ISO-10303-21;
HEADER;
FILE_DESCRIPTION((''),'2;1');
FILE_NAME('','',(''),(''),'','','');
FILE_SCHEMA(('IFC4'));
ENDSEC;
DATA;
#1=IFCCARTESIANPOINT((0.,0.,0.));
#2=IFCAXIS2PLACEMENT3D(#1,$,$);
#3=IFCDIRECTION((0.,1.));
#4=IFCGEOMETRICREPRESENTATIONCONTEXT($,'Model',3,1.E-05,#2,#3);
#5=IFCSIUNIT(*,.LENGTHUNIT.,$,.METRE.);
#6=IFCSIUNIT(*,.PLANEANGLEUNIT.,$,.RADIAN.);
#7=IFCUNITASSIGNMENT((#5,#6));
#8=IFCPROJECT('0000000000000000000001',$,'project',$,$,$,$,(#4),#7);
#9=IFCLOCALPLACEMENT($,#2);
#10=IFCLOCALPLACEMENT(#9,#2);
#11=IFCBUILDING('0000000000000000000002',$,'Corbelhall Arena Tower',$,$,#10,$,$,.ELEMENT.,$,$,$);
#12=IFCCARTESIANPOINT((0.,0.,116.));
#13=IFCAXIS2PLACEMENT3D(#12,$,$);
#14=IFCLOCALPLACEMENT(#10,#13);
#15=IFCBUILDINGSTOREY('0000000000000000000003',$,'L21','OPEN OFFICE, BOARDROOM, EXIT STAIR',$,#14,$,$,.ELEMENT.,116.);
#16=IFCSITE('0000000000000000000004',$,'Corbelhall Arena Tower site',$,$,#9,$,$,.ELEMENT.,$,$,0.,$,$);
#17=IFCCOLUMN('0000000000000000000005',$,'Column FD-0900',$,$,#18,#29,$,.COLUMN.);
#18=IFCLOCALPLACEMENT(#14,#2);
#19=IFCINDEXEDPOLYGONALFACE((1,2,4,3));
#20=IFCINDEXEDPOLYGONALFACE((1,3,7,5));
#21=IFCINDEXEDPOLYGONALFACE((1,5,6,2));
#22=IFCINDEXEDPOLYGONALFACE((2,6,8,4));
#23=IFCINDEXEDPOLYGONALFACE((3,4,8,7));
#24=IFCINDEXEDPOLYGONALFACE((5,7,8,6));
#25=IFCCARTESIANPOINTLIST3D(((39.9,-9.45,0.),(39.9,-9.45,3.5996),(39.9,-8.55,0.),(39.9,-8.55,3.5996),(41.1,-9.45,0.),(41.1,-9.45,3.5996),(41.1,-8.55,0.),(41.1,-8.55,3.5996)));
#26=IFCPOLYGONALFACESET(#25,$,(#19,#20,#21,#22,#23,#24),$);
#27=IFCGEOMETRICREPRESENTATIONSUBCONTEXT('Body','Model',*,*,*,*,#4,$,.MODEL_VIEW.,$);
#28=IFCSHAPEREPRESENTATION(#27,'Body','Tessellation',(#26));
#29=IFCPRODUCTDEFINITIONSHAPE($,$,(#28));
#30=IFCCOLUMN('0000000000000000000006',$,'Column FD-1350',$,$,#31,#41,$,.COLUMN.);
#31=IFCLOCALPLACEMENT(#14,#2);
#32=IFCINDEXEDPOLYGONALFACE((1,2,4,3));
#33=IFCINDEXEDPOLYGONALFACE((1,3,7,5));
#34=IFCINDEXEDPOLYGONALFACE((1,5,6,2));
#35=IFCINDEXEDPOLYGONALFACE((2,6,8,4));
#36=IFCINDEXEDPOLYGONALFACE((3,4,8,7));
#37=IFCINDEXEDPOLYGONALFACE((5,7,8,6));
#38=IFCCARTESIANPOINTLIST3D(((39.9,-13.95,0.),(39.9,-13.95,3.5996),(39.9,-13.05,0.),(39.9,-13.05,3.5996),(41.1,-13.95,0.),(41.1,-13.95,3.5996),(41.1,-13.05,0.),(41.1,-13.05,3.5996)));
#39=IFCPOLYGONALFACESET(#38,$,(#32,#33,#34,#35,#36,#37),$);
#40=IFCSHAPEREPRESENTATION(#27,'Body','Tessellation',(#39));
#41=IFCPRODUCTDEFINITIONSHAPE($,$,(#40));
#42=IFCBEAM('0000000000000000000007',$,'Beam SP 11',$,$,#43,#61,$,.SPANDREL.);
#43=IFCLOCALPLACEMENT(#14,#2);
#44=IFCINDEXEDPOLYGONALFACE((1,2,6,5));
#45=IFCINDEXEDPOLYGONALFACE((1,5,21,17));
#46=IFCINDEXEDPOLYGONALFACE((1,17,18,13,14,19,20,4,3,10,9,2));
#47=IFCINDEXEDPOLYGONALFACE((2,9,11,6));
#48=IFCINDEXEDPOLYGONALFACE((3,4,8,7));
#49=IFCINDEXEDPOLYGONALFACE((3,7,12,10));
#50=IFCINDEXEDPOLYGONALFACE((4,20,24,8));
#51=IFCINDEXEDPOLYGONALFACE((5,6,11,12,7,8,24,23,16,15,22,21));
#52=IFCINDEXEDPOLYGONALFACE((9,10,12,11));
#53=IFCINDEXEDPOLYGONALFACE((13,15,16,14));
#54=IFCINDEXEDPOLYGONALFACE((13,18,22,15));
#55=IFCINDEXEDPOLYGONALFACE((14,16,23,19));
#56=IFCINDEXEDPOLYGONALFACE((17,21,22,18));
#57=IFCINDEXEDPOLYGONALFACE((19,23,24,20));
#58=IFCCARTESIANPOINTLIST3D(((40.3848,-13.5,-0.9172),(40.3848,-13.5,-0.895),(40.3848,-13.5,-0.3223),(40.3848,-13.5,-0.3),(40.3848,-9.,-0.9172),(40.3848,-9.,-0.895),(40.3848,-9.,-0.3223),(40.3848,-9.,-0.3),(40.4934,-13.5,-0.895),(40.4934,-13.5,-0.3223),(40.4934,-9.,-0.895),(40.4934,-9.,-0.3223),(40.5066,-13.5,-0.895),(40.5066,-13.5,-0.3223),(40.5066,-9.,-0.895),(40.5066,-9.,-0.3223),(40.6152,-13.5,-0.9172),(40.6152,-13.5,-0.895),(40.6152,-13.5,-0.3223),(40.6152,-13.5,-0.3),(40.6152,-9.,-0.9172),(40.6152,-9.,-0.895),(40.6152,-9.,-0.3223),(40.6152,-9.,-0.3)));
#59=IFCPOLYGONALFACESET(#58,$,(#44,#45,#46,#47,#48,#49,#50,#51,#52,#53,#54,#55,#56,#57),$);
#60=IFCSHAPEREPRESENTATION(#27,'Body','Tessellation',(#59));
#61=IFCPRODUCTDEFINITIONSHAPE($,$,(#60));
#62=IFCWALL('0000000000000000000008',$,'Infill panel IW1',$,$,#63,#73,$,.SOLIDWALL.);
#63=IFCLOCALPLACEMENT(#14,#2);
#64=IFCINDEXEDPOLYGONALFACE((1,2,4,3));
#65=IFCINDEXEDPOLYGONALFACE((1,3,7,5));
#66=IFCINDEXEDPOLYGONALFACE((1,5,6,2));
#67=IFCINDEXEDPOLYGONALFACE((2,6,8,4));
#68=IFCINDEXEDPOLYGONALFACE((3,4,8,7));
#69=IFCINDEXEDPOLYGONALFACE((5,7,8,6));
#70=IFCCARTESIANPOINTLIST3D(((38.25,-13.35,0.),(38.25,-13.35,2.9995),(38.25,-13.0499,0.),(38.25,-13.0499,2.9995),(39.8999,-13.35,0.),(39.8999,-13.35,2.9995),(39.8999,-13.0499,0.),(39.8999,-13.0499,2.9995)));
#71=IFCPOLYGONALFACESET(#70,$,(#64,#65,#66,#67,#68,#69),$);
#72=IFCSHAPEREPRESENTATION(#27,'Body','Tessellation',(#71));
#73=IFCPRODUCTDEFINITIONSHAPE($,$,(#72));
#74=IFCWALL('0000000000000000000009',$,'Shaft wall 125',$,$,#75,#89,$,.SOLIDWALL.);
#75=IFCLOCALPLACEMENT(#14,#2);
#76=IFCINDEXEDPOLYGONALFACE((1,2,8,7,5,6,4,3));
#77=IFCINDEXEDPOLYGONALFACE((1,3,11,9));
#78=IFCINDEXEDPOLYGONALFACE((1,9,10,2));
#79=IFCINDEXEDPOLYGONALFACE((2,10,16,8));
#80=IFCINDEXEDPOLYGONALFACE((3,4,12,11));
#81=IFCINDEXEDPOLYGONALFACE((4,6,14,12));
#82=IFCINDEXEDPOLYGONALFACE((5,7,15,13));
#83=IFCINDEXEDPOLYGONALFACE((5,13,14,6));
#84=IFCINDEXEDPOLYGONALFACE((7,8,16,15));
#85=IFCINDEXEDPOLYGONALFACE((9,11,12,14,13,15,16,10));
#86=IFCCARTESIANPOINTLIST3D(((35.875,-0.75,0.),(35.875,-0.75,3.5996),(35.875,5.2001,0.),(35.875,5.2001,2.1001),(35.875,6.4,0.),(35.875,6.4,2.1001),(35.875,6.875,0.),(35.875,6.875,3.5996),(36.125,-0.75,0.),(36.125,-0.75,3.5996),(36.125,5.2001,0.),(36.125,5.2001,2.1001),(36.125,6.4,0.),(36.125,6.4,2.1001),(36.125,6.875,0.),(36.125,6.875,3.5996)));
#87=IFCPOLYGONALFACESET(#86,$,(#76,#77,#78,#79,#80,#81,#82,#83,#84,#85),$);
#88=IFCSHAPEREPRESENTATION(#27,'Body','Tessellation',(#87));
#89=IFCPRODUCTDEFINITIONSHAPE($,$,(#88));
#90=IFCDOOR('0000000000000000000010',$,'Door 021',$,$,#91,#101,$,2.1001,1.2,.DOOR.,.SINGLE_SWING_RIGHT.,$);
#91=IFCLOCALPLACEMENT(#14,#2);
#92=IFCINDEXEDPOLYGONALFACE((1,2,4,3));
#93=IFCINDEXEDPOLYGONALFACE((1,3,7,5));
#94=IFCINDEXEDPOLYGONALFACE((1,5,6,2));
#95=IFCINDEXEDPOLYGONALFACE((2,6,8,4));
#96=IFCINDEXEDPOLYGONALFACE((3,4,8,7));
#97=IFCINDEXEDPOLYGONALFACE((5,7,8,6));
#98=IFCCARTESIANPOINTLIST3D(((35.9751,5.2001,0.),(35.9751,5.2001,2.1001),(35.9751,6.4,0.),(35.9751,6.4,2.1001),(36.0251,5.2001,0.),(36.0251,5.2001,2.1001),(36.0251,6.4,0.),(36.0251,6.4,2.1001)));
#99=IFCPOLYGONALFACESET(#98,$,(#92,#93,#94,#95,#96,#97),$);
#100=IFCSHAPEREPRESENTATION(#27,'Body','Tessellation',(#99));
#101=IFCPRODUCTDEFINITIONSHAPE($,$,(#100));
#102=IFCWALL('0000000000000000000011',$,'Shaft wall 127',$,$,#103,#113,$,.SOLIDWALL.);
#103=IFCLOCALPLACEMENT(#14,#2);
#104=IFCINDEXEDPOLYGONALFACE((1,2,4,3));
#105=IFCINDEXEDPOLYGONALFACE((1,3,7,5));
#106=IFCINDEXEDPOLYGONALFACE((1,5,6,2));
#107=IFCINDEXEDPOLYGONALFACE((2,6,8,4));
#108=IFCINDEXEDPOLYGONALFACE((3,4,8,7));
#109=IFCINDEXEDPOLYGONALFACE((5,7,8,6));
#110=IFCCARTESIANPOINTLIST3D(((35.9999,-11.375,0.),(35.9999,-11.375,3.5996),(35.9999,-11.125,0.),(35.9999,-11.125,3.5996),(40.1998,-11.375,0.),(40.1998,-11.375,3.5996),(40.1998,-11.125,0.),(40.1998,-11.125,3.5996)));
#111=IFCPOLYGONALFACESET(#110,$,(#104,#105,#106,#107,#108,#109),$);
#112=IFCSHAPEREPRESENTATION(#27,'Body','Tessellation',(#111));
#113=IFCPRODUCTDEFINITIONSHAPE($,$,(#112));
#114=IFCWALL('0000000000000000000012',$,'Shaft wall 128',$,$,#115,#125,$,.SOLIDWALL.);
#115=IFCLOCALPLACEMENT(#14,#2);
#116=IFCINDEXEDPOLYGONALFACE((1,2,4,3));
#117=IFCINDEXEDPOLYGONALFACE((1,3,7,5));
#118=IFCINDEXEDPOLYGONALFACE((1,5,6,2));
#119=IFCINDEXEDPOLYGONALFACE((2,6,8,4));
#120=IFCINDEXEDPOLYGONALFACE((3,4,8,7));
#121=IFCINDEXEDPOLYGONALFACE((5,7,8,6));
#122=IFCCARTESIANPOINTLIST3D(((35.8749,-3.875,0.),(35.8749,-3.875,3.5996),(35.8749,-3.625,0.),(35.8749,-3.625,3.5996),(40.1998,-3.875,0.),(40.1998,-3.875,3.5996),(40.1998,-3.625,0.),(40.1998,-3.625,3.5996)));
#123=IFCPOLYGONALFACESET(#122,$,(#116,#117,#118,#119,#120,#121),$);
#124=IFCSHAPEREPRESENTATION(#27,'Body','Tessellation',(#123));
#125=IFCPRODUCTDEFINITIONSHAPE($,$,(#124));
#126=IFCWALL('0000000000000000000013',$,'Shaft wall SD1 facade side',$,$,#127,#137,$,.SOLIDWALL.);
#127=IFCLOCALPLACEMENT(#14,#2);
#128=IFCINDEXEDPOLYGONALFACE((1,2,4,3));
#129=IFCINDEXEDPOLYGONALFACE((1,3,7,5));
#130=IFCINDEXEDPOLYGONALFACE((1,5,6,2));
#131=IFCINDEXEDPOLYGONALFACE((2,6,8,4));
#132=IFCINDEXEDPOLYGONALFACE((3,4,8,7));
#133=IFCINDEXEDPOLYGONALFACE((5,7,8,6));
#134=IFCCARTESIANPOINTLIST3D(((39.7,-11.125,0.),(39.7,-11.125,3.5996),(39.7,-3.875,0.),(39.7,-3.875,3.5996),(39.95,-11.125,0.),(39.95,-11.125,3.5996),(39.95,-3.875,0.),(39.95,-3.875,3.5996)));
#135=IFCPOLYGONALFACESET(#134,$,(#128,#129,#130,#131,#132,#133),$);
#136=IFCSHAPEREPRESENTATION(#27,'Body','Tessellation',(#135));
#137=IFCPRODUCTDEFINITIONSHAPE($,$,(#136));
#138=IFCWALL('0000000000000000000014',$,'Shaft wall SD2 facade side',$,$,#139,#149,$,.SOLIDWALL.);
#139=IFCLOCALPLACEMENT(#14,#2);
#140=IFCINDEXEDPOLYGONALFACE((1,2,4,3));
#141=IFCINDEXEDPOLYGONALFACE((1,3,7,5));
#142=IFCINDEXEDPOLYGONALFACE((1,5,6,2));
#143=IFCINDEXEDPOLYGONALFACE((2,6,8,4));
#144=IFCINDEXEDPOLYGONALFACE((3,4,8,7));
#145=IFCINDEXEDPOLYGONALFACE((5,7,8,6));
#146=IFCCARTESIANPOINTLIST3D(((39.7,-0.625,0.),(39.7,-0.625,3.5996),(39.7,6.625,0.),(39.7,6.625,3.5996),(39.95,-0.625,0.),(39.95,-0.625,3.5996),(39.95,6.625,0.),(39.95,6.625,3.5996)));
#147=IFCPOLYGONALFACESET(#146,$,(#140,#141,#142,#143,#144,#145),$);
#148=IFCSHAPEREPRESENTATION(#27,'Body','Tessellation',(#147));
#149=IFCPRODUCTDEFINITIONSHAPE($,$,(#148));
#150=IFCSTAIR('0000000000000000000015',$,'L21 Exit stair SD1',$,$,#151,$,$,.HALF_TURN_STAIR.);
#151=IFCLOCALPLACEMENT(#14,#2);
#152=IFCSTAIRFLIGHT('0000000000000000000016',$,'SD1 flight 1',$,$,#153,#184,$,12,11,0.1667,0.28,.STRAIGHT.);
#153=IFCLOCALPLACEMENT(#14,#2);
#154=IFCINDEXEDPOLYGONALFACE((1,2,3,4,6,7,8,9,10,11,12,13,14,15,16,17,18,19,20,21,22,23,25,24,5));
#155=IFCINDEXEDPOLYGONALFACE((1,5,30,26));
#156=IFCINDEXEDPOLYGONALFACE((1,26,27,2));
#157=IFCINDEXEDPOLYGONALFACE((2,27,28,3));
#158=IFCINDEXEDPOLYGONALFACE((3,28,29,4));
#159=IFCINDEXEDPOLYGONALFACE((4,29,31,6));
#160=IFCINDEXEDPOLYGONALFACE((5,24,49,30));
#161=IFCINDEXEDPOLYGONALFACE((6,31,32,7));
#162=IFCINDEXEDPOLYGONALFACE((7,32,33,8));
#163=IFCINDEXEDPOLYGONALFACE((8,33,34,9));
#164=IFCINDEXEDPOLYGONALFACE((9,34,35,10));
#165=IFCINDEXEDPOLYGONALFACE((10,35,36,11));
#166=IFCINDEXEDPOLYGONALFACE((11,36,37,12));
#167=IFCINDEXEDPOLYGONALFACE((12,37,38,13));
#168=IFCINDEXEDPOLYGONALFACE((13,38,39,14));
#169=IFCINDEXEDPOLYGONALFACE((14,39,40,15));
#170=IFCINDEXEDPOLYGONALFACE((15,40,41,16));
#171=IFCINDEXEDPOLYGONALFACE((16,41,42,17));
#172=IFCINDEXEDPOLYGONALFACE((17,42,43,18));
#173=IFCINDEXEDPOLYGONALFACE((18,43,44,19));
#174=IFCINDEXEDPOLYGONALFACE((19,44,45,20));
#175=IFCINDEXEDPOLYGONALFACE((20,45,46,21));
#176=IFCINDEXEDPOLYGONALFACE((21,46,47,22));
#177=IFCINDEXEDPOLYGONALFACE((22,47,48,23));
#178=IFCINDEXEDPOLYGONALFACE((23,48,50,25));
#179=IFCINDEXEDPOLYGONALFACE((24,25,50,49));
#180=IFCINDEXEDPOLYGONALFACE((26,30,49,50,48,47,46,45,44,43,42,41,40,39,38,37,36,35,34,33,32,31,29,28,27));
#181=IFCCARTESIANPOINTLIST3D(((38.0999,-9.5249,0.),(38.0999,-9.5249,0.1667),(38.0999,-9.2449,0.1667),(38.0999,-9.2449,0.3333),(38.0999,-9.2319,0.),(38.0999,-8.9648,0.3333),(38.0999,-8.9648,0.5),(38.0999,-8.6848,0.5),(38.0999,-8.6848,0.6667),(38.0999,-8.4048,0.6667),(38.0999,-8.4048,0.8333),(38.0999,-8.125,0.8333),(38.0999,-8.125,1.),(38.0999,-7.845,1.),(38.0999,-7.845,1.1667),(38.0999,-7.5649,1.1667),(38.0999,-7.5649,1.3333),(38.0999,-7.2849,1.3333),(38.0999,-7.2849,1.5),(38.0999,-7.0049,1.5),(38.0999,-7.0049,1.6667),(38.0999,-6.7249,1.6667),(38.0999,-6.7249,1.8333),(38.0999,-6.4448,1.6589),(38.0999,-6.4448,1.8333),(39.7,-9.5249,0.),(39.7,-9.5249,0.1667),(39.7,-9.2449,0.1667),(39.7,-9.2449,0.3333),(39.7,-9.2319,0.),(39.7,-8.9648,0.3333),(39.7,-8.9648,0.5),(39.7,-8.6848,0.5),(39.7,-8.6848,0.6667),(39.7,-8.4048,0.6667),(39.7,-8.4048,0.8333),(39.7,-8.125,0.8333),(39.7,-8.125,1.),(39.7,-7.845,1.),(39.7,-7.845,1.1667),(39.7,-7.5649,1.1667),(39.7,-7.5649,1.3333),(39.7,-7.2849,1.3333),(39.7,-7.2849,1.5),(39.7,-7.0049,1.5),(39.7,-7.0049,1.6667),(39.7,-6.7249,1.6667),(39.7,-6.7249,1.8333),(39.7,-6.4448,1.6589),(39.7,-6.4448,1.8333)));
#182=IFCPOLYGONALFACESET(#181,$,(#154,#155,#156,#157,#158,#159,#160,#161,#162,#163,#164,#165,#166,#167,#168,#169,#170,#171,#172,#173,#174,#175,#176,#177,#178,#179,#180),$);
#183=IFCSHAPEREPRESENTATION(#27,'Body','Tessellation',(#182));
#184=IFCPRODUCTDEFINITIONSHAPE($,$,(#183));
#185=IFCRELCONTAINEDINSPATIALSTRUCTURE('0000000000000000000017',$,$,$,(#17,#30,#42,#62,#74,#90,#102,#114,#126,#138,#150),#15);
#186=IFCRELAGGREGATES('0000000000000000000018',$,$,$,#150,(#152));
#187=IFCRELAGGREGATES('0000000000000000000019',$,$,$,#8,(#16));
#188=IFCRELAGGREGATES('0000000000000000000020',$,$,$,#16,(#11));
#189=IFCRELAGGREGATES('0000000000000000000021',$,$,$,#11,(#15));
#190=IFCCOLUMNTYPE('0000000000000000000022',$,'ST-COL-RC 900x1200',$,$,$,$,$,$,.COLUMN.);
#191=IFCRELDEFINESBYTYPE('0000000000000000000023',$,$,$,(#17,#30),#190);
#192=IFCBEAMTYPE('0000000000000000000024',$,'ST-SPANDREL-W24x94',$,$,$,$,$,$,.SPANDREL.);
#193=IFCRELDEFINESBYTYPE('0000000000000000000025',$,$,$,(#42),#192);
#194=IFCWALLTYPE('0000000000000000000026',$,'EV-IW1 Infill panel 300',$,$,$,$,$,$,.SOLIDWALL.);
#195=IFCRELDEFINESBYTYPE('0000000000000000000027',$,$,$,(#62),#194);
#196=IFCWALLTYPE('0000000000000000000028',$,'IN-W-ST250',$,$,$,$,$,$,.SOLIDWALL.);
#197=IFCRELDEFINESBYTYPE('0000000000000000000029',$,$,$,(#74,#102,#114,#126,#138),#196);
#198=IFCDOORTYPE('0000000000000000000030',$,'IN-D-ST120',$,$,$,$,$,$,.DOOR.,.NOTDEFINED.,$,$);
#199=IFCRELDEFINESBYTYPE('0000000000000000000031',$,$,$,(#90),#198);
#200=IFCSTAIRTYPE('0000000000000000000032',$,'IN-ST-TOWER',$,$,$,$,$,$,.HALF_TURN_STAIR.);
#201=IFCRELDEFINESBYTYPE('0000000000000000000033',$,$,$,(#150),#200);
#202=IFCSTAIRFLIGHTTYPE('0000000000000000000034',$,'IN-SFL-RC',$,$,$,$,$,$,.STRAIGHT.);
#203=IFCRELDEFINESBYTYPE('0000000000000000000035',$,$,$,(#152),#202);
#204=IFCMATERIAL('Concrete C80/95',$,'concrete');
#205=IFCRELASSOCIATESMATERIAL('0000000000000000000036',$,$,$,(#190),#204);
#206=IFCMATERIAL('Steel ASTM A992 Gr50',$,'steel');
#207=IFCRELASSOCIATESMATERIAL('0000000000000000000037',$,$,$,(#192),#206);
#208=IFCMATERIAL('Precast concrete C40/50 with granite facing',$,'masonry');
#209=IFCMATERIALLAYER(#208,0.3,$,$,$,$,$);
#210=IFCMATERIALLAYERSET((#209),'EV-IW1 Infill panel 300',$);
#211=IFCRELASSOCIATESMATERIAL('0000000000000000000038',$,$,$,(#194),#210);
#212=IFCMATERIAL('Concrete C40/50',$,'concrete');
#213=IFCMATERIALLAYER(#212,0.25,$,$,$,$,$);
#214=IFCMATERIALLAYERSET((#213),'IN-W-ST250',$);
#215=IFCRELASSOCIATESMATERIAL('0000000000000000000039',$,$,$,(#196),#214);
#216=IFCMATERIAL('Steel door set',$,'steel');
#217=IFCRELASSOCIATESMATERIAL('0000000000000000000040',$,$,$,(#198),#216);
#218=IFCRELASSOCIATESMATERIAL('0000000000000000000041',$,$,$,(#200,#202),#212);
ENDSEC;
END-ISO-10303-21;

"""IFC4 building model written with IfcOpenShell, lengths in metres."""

from ifc_helpers import new_model, si_unit, direction, frame, frame_2d, origin, origin_2d, place, context, subcontext, project, spatial, polyline, rectangle, i_section, outline, extrude, material, layer, layer_set, material_profile, profile_set, type_object, element, fill, aggregate, save


model = new_model("IFC4")

# Units and contexts
model_context = context("Model", 3, precision=1e-05, world=origin(), true_north=direction((0.0, 1.0)))
body_context = subcontext(model_context, "Body", "Model", "MODEL_VIEW")
ifc_project = project(units=[si_unit("LENGTHUNIT", "METRE"), si_unit("PLANEANGLEUNIT", "RADIAN")], contexts=[model_context])

# Site, building, storey
site_placement = place(None, origin())
site = spatial("IfcSite", under=ifc_project, at=site_placement, Name="Corbelhall Arena Tower site", CompositionType="ELEMENT", RefElevation=0.0)
building_placement = place(site_placement, origin())
building = spatial("IfcBuilding", under=site, at=building_placement, Name="Corbelhall Arena Tower", CompositionType="ELEMENT")
storey_placement = place(building_placement, frame((0.0, 0.0, 116.0)))
storey = spatial("IfcBuildingStorey", under=building, at=storey_placement, Name="L21", Description="OPEN OFFICE, BOARDROOM, EXIT STAIR", CompositionType="ELEMENT", Elevation=116.0)

# Columns
ifc_material_1 = material(Name="Concrete C80/95", Category="concrete")
ifc_material_profile_1 = material_profile(ifc_material_1, rectangle(XDim=0.8999, YDim=1.2, at=origin_2d()))
ifc_profile_set_1 = profile_set([ifc_material_profile_1], Name="Concrete C80/95")
column_type = type_object("IfcColumnType", Name="ST-COL-RC 900x1200", PredefinedType="COLUMN", material=ifc_profile_set_1)
for number, where, z_axis, x_axis, name in (
    (1, (40.5, -9.0, 0.0), (0.0, 0.0, 1.0), (0.0, 1.0, 0.0), "Column FD-0900"),
    (2, (40.5, -13.5, 0.0), (0.0, 0.0, 1.0), (0.0, 1.0, 0.0), "Column FD-1350"),
):
    element("IfcColumn", number, at=place(storey_placement, frame(where, z_axis=z_axis, x_axis=x_axis)), inside=storey, type_object=column_type, Name=name, PredefinedType="COLUMN", context=body_context, shape_type="SweptSolid", body=[
        extrude(rectangle(XDim=0.8999, YDim=1.2, at=origin_2d()), origin(), (0.0, 0.0, 1.0), 3.5996),
    ])

# Beam
ifc_material_2 = material(Name="Steel ASTM A992 Gr50", Category="steel")
ifc_material_profile_2 = material_profile(ifc_material_2, i_section(OverallWidth=0.2305, OverallDepth=0.6172, WebThickness=0.0132, FlangeThickness=0.0222, at=origin_2d()))
ifc_profile_set_2 = profile_set([ifc_material_profile_2], Name="Steel ASTM A992 Gr50")
beam_type = type_object("IfcBeamType", Name="ST-SPANDREL-W24x94", PredefinedType="SPANDREL", material=ifc_profile_set_2)
beam_placement = place(storey_placement, frame((40.5, -9.0, -0.6086), z_axis=(0.0, -1.0, 0.0), x_axis=(1.0, 0.0, 0.0)))
element("IfcBeam", 3, at=beam_placement, inside=storey, type_object=beam_type, Name="Beam SP 11", PredefinedType="SPANDREL", context=body_context, shape_type="SweptSolid", body=[
    extrude(i_section(OverallWidth=0.2305, OverallDepth=0.6172, WebThickness=0.0132, FlangeThickness=0.0222, at=origin_2d()), origin(), (0.0, 0.0, 1.0), 4.5),
])

# Wall
ifc_material_3 = material(Name="Precast concrete C40/50 with granite facing", Category="masonry")
ifc_layer_1 = layer(ifc_material_3, 0.3)
ifc_layer_set_1 = layer_set([ifc_layer_1], Name="EV-IW1 Infill panel 300")
wall_type_1 = type_object("IfcWallType", Name="EV-IW1 Infill panel 300", PredefinedType="SOLIDWALL", material=ifc_layer_set_1)
wall_1_placement = place(storey_placement, frame((39.8999, -13.2, 0.0), z_axis=(0.0, 0.0, 1.0), x_axis=(-1.0, 0.0, 0.0)))
element("IfcWall", 4, at=wall_1_placement, inside=storey, type_object=wall_type_1, Name="Infill panel IW1", PredefinedType="SOLIDWALL", context=body_context, shape_type="SweptSolid", body=[
    extrude(rectangle(XDim=1.6499, YDim=0.3, at=frame_2d((0.825, 0.0))), origin(), (0.0, 0.0, 1.0), 2.9995),
])

# Wall, opening, door
ifc_material_4 = material(Name="Concrete C40/50", Category="concrete")
ifc_layer_2 = layer(ifc_material_4, 0.25)
ifc_layer_set_2 = layer_set([ifc_layer_2], Name="IN-W-ST250")
wall_type_2 = type_object("IfcWallType", Name="IN-W-ST250", PredefinedType="SOLIDWALL", material=ifc_layer_set_2)
wall_2_placement = place(storey_placement, frame((36.0, -0.75, 0.0), z_axis=(0.0, 0.0, 1.0), x_axis=(0.0, 1.0, 0.0)))
wall_2 = element("IfcWall", 5, at=wall_2_placement, inside=storey, type_object=wall_type_2, Name="Shaft wall 125", PredefinedType="SOLIDWALL", context=body_context, shape_type="SweptSolid", body=[
    extrude(rectangle(XDim=7.625, YDim=0.25, at=frame_2d((3.8125, 0.0))), origin(), (0.0, 0.0, 1.0), 3.5996),
])
opening_1_placement = place(wall_2_placement, frame((5.95, 0.0, 0.0)))
opening_1 = element("IfcOpeningElement", 6, at=opening_1_placement, cuts=wall_2, PredefinedType="OPENING", context=body_context, shape_type="SweptSolid", body=[
    extrude(rectangle(XDim=1.2, YDim=2.1001, at=frame_2d((0.6001, 1.05))), frame((0.0, 0.125, 0.0), z_axis=(0.0, -1.0, 0.0), x_axis=(1.0, 0.0, 0.0)), (0.0, 0.0, 1.0), 0.25),
])
ifc_material_5 = material(Name="Steel door set", Category="steel")
door_type = type_object("IfcDoorType", Name="IN-D-ST120", OperationType="NOTDEFINED", PredefinedType="DOOR", material=ifc_material_5)
door_placement = place(opening_1_placement, origin())
door = element("IfcDoor", 7, at=door_placement, inside=storey, type_object=door_type, Name="Door 021", OperationType="SINGLE_SWING_RIGHT", OverallHeight=2.1001, OverallWidth=1.2, PredefinedType="DOOR", context=body_context, shape_type="SweptSolid", body=[
    extrude(rectangle(XDim=1.2, YDim=2.1001, at=frame_2d((0.6001, 1.05))), frame((0.0, 0.0249, 0.0), z_axis=(0.0, -1.0, 0.0), x_axis=(1.0, 0.0, 0.0)), (0.0, 0.0, 1.0), 0.05),
])
fill(opening_1, door)

# Walls
wall_3_placement = place(storey_placement, frame((40.2, -11.25, 0.0), z_axis=(0.0, 0.0, 1.0), x_axis=(-1.0, 0.0, 0.0)))
element("IfcWall", 8, at=wall_3_placement, inside=storey, type_object=wall_type_2, Name="Shaft wall 127", PredefinedType="SOLIDWALL", context=body_context, shape_type="SweptSolid", body=[
    extrude(rectangle(XDim=4.2, YDim=0.25, at=frame_2d((2.1001, 0.0))), origin(), (0.0, 0.0, 1.0), 3.5996),
])
wall_4_placement = place(storey_placement, frame((40.2, -3.75, 0.0), z_axis=(0.0, 0.0, 1.0), x_axis=(-1.0, 0.0, 0.0)))
element("IfcWall", 9, at=wall_4_placement, inside=storey, type_object=wall_type_2, Name="Shaft wall 128", PredefinedType="SOLIDWALL", context=body_context, shape_type="SweptSolid", body=[
    extrude(rectangle(XDim=4.325, YDim=0.25, at=frame_2d((2.1626, 0.0))), origin(), (0.0, 0.0, 1.0), 3.5996),
])
for number, where, z_axis, x_axis, name in (
    (10, (39.825, -11.125, 0.0), (0.0, 0.0, 1.0), (0.0, 1.0, 0.0), "Shaft wall SD1 facade side"),
    (11, (39.825, -0.625, 0.0), (0.0, 0.0, 1.0), (0.0, 1.0, 0.0), "Shaft wall SD2 facade side"),
):
    element("IfcWall", number, at=place(storey_placement, frame(where, z_axis=z_axis, x_axis=x_axis)), inside=storey, type_object=wall_type_2, Name=name, PredefinedType="SOLIDWALL", context=body_context, shape_type="SweptSolid", body=[
        extrude(rectangle(XDim=7.25, YDim=0.25, at=frame_2d((3.625, 0.0))), origin(), (0.0, 0.0, 1.0), 3.5996),
    ])

# Stair, stair flight
stair_type = type_object("IfcStairType", Name="IN-ST-TOWER", PredefinedType="HALF_TURN_STAIR", material=ifc_material_4)
stair_placement = place(storey_placement, origin())
stair = element("IfcStair", 12, at=stair_placement, inside=storey, type_object=stair_type, Name="L21 Exit stair SD1", PredefinedType="HALF_TURN_STAIR")
stair_flight_type = type_object("IfcStairFlightType", Name="IN-SFL-RC", PredefinedType="STRAIGHT", material=ifc_material_4)
stair_flight_1_placement = place(storey_placement, frame((38.8999, -9.5249, 0.0), z_axis=(0.0, 0.0, 1.0), x_axis=(0.0, 1.0, 0.0)))
stair_flight_1 = element("IfcStairFlight", 13, at=stair_flight_1_placement, type_object=stair_flight_type, Name="SD1 flight 1", NumberOfRisers=12, NumberOfTreads=11, PredefinedType="STRAIGHT", RiserHeight=0.1667, TreadLength=0.28, context=body_context, shape_type="SweptSolid", body=[
    extrude(outline(polyline([(0.0, 0.0), (0.0, 0.1667), (0.28, 0.1667), (0.28, 0.3333), (0.5601, 0.3333), (0.5601, 0.5), (0.8401, 0.5), (0.8401, 0.6667), (1.1201, 0.6667), (1.1201, 0.8333), (1.3999, 0.8333), (1.3999, 1.0), (1.6799, 1.0), (1.6799, 1.1667), (1.96, 1.1667), (1.96, 1.3333), (2.24, 1.3333), (2.24, 1.5), (2.52, 1.5), (2.52, 1.6667), (2.8, 1.6667), (2.8, 1.8333), (3.0801, 1.8333), (3.0801, 2.0), (3.0801, 1.6589), (0.293, 0.0), (0.0, 0.0)])), frame((0.0, 0.8, 0.0), z_axis=(0.0, -1.0, 0.0), x_axis=(1.0, 0.0, 0.0)), (0.0, 0.0, 1.0), 1.6001),
])
aggregate(stair, [stair_flight_1])

save(model, "model.ifc")
